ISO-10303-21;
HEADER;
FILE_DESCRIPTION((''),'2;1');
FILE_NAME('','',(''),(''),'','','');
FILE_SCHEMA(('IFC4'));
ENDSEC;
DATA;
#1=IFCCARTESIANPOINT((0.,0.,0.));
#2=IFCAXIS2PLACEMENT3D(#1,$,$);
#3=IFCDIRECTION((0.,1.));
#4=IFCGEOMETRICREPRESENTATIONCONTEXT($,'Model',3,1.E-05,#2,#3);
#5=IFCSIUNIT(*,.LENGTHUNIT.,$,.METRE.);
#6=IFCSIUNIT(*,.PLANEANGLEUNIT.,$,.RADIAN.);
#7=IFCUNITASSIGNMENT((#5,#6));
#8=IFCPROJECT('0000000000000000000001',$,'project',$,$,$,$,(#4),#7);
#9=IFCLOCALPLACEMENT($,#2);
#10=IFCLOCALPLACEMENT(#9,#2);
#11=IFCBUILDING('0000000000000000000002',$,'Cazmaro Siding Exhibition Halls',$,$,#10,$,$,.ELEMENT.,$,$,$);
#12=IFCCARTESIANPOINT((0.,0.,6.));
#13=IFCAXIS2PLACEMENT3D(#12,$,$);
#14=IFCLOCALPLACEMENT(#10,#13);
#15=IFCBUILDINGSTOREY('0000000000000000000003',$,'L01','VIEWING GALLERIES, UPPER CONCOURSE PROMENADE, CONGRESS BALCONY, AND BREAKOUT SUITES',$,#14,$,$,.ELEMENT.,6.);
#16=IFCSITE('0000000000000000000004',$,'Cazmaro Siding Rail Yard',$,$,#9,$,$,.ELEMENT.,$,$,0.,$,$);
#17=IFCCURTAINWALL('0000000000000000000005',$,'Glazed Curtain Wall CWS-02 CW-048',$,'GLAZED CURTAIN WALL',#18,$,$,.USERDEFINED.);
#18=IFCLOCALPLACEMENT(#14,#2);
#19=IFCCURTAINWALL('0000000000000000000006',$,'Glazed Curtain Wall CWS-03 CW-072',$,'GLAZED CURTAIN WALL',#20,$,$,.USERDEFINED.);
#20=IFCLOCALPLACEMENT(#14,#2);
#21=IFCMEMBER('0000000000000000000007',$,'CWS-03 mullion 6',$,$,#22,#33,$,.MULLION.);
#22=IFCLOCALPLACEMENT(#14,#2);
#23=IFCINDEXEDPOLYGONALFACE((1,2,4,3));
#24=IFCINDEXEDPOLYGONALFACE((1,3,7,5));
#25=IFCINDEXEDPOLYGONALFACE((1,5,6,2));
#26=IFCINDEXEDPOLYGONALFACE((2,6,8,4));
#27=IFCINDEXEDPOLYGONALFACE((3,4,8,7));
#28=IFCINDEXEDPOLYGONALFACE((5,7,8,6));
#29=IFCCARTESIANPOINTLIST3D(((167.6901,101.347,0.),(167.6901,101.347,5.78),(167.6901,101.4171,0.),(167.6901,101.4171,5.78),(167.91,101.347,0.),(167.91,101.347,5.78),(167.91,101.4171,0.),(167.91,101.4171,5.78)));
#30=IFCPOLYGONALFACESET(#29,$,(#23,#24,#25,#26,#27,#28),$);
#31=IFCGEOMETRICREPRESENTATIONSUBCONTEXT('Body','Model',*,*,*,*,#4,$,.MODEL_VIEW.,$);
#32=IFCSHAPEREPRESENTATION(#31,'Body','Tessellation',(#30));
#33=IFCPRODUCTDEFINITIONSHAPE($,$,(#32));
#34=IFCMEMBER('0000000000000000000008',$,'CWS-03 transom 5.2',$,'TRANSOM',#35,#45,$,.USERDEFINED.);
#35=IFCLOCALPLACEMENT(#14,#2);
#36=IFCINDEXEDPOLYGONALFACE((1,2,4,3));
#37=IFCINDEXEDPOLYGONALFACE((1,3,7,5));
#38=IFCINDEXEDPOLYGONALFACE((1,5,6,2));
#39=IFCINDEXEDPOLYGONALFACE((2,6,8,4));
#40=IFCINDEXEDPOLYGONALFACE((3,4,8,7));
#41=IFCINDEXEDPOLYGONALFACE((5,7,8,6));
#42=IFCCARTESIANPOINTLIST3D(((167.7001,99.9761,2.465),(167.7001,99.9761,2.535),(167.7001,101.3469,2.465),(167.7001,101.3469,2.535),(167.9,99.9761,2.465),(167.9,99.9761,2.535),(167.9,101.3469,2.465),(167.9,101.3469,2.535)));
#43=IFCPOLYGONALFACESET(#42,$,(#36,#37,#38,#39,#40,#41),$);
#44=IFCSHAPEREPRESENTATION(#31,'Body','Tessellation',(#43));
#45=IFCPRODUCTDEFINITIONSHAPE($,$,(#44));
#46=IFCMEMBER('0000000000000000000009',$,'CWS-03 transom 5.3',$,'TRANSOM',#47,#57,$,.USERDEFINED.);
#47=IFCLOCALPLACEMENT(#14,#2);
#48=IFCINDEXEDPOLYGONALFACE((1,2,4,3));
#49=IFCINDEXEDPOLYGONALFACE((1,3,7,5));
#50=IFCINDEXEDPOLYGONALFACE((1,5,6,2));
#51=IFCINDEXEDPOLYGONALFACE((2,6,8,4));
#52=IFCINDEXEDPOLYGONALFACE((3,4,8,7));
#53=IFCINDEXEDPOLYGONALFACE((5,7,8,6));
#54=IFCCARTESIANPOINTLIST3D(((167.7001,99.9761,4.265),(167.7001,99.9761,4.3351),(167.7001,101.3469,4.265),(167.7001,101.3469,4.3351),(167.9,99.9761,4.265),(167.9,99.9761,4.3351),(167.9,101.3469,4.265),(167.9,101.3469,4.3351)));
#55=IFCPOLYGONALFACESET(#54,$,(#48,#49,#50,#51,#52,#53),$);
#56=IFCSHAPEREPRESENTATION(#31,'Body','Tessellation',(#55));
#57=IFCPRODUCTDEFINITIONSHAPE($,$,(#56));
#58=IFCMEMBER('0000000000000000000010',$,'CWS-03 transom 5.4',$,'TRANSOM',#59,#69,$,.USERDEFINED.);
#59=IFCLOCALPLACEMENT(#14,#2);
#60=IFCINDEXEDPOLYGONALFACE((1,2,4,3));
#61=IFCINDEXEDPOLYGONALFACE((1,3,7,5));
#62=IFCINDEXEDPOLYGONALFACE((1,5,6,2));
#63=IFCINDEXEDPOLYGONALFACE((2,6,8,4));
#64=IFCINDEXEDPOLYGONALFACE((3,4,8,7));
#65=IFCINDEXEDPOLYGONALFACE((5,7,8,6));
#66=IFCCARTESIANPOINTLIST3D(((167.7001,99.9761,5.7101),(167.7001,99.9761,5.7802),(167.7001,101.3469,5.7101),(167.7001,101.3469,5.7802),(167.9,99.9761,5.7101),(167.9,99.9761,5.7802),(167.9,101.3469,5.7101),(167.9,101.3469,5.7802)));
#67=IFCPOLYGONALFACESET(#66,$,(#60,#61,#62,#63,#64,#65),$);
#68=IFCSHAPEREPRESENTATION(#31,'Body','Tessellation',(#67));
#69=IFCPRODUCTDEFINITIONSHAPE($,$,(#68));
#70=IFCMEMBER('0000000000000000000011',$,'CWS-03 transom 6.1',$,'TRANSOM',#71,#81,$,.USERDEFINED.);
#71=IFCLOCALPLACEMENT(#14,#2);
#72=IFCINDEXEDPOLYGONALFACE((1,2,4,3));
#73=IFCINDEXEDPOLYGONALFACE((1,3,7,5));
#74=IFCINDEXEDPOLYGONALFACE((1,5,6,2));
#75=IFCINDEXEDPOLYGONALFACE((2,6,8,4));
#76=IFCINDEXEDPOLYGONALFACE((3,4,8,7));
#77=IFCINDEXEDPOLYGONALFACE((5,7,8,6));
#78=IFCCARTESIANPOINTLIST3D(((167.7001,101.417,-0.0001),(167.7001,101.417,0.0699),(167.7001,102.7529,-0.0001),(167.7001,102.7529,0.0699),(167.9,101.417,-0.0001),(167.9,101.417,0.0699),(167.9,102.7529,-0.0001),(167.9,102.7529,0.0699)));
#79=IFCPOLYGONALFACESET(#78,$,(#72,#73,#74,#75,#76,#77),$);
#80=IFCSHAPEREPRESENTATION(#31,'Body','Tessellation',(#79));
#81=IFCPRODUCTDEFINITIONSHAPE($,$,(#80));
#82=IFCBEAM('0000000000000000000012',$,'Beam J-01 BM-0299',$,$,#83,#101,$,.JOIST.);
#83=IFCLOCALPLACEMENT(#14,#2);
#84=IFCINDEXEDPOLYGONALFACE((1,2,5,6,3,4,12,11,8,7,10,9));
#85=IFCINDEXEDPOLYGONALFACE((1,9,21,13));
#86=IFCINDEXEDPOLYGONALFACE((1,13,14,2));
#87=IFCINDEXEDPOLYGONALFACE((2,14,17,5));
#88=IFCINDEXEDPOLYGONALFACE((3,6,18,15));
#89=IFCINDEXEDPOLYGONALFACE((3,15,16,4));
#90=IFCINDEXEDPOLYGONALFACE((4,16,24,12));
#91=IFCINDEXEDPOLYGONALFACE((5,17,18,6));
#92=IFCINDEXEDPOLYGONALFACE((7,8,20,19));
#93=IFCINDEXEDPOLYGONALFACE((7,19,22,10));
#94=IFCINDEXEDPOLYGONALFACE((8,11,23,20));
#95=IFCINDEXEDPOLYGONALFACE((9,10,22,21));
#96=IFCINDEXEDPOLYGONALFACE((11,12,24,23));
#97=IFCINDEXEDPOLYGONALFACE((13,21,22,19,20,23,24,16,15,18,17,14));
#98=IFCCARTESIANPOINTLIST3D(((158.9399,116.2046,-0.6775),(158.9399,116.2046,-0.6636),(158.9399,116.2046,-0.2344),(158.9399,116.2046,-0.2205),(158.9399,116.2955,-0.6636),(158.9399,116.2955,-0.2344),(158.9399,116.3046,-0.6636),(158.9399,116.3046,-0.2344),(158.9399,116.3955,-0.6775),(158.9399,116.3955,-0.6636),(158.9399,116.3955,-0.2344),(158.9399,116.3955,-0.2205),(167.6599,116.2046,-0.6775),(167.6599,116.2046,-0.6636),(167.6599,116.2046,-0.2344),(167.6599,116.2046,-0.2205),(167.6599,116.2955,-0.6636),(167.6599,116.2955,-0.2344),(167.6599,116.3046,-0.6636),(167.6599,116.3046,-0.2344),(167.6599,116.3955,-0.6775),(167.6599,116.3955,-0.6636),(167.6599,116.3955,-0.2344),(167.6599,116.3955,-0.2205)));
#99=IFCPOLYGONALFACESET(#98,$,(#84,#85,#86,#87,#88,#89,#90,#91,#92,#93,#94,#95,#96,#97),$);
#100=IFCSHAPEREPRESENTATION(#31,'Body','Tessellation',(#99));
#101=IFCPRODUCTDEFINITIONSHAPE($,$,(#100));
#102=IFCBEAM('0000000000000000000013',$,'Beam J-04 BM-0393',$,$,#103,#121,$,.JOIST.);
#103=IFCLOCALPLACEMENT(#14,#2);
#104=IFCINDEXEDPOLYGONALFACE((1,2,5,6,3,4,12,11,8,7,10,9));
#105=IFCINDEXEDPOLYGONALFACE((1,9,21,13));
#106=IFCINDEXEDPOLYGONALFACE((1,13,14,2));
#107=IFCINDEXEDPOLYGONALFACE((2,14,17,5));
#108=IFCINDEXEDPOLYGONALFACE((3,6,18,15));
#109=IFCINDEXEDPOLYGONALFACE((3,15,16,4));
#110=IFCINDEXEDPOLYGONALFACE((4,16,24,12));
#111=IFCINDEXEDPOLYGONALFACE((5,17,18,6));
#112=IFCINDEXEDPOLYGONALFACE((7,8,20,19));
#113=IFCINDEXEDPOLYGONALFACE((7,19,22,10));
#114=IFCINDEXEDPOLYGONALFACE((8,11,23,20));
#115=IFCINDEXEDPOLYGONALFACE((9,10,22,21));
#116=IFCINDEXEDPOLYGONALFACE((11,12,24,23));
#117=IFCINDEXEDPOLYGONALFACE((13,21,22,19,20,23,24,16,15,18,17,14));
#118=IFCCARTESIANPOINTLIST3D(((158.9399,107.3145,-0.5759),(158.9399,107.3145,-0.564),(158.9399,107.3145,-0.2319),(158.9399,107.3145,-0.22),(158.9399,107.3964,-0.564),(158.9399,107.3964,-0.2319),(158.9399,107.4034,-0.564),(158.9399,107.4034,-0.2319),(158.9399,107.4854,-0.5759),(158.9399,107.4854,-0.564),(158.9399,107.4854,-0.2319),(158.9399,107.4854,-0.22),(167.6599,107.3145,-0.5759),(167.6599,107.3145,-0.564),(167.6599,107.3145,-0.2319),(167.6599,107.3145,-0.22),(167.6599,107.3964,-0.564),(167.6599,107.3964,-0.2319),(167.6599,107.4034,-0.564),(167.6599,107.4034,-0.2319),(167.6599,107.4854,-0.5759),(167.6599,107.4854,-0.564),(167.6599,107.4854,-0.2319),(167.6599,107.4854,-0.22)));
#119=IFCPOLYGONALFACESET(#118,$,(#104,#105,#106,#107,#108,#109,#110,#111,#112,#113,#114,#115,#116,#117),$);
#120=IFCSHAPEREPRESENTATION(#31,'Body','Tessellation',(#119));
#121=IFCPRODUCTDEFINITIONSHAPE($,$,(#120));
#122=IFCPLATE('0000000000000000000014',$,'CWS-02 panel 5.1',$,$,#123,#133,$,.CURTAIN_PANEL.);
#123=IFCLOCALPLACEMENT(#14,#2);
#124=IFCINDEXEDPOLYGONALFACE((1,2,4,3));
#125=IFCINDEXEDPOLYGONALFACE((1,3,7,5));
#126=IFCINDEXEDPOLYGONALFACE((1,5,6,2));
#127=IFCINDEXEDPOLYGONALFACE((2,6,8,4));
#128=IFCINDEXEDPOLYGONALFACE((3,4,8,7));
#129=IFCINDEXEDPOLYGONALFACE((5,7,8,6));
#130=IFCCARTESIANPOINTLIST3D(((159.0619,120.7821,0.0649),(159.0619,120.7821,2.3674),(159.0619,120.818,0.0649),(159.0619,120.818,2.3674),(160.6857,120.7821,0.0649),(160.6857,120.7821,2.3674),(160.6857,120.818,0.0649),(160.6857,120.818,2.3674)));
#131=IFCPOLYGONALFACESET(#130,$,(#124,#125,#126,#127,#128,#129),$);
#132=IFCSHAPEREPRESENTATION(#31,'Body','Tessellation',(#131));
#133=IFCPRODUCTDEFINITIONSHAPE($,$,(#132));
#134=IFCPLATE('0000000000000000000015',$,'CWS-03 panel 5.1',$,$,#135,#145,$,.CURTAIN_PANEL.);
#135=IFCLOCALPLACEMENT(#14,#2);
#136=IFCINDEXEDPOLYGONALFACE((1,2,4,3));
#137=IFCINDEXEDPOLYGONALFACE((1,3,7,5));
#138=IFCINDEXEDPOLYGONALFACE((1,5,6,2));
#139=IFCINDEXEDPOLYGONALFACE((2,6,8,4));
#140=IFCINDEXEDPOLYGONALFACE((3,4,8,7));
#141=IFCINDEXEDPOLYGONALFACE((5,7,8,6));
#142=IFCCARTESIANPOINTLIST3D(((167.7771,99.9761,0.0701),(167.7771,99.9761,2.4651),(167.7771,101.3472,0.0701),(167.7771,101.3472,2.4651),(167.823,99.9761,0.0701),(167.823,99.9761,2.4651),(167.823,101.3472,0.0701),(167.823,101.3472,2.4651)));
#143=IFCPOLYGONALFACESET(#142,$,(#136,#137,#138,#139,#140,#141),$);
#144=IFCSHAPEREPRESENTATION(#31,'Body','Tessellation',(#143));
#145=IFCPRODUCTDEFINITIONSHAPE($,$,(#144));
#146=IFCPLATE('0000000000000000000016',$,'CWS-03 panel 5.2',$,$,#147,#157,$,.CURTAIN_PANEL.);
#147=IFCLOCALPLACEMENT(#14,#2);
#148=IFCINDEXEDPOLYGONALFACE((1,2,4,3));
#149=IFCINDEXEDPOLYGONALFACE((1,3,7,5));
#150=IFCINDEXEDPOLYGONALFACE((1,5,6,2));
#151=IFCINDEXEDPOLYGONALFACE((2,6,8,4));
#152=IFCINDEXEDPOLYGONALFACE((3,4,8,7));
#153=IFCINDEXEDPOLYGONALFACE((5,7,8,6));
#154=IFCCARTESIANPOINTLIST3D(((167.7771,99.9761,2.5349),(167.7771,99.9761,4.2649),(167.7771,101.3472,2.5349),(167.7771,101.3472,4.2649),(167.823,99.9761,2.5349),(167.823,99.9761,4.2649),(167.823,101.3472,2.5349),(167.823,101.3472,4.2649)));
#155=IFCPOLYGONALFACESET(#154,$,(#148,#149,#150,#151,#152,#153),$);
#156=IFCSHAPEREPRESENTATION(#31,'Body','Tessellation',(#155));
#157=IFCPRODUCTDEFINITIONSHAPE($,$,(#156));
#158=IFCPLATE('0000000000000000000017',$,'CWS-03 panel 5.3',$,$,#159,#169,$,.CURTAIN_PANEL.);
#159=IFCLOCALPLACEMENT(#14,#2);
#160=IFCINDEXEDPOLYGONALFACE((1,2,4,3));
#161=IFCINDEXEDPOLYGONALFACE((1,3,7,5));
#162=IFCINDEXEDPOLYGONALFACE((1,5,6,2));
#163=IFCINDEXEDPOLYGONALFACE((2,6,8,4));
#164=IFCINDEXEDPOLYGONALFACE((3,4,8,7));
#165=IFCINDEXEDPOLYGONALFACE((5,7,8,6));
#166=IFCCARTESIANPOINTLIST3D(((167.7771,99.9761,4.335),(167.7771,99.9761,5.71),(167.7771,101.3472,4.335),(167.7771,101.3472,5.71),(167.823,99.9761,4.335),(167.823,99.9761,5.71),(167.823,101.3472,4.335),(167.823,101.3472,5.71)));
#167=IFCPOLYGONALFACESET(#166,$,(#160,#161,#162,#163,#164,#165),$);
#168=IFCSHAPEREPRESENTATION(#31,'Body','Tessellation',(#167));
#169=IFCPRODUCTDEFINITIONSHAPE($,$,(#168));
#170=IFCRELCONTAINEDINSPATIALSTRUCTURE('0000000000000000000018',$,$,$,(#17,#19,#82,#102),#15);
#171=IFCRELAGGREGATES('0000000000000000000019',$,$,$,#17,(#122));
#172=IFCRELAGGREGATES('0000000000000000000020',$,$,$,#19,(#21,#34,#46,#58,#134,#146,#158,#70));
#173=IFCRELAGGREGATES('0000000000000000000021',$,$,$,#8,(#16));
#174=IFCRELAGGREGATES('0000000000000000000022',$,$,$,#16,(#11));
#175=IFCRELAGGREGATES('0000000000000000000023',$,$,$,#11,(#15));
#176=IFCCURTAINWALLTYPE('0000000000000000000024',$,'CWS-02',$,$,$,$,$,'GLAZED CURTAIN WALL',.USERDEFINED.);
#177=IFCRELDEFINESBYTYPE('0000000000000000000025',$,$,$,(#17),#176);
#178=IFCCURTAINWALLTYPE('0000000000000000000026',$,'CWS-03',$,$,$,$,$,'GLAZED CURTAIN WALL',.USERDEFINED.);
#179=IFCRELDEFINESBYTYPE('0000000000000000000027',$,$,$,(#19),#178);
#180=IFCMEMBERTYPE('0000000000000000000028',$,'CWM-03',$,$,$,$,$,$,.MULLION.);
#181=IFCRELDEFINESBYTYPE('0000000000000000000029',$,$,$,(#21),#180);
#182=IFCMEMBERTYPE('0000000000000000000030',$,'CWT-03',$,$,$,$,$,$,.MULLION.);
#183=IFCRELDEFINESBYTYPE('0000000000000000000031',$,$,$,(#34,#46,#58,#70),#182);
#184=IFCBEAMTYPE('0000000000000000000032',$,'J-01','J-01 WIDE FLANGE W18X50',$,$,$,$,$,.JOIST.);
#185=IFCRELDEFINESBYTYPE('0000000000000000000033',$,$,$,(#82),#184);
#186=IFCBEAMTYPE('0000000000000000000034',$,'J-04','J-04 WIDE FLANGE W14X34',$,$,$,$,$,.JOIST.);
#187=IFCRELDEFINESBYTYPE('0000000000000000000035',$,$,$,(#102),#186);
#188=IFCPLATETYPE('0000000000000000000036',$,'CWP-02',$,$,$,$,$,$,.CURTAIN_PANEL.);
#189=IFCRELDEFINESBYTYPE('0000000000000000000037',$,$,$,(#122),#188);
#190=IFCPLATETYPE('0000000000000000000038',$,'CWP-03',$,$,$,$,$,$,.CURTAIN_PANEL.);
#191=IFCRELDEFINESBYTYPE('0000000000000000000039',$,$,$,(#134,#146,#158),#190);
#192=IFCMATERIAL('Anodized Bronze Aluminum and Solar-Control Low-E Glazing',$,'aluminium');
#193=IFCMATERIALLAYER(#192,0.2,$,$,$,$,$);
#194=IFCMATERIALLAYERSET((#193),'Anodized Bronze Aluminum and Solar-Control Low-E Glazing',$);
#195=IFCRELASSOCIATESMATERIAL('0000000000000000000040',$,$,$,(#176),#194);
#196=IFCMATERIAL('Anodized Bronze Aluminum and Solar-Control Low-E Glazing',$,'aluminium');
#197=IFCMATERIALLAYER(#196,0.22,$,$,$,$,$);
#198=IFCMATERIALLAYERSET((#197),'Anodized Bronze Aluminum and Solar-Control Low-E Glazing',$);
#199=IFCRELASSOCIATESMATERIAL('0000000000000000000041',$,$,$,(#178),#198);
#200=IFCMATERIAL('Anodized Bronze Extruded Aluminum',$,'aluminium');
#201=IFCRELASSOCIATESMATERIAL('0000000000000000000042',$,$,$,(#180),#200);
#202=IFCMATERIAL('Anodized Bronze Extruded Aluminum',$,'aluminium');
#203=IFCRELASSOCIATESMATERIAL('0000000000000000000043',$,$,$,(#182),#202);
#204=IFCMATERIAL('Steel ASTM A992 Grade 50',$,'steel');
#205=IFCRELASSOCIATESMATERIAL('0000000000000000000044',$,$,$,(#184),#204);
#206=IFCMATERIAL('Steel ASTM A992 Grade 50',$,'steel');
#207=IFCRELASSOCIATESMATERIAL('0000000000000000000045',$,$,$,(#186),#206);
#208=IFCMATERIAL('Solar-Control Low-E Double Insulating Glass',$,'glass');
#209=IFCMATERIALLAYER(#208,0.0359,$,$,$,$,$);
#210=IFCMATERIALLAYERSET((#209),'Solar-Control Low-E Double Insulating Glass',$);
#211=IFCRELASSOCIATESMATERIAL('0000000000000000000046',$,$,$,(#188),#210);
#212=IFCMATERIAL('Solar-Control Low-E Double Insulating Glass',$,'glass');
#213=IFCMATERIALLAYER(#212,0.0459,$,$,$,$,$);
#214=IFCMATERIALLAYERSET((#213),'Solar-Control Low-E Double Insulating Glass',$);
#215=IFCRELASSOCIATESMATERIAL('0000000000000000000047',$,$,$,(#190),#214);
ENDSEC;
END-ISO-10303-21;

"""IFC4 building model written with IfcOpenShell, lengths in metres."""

from ifc_helpers import new_model, si_unit, direction, frame, origin, origin_2d, place, context, subcontext, project, spatial, rectangle, i_section, extrude, material, layer, layer_set, material_profile, profile_set, type_object, element, aggregate, save


model = new_model("IFC4")

# Units and contexts
model_context = context("Model", 3, precision=1e-05, world=origin(), true_north=direction((0.0, 1.0)))
body_context = subcontext(model_context, "Body", "Model", "MODEL_VIEW")
ifc_project = project(units=[si_unit("LENGTHUNIT", "METRE"), si_unit("PLANEANGLEUNIT", "RADIAN")], contexts=[model_context])

# Site, building, storey
site_placement = place(None, origin())
site = spatial("IfcSite", under=ifc_project, at=site_placement, Name="Cazmaro Siding Rail Yard", CompositionType="ELEMENT", RefElevation=0.0)
building_placement = place(site_placement, origin())
building = spatial("IfcBuilding", under=site, at=building_placement, Name="Cazmaro Siding Exhibition Halls", CompositionType="ELEMENT")
storey_placement = place(building_placement, frame((0.0, 0.0, 6.0)))
storey = spatial("IfcBuildingStorey", under=building, at=storey_placement, Name="L01", Description="VIEWING GALLERIES, UPPER CONCOURSE PROMENADE, CONGRESS BALCONY, AND BREAKOUT SUITES", CompositionType="ELEMENT", Elevation=6.0)

# Curtain wall
ifc_material_1 = material(Name="Anodized Bronze Aluminum and Solar-Control Low-E Glazing", Category="aluminium")
ifc_layer_1 = layer(ifc_material_1, 0.2)
ifc_layer_set_1 = layer_set([ifc_layer_1], Name="Anodized Bronze Aluminum and Solar-Control Low-E Glazing")
curtain_wall_type_1 = type_object("IfcCurtainWallType", Name="CWS-02", ElementType="GLAZED CURTAIN WALL", PredefinedType="USERDEFINED", material=ifc_layer_set_1)
curtain_wall_1_placement = place(storey_placement, origin())
curtain_wall_1 = element("IfcCurtainWall", 1, at=curtain_wall_1_placement, inside=storey, type_object=curtain_wall_type_1, Name="Glazed Curtain Wall CWS-02 CW-048", ObjectType="GLAZED CURTAIN WALL", PredefinedType="USERDEFINED")

# Curtain wall, members
ifc_material_2 = material(Name="Anodized Bronze Aluminum and Solar-Control Low-E Glazing", Category="aluminium")
ifc_layer_2 = layer(ifc_material_2, 0.22)
ifc_layer_set_2 = layer_set([ifc_layer_2], Name="Anodized Bronze Aluminum and Solar-Control Low-E Glazing")
curtain_wall_type_2 = type_object("IfcCurtainWallType", Name="CWS-03", ElementType="GLAZED CURTAIN WALL", PredefinedType="USERDEFINED", material=ifc_layer_set_2)
curtain_wall_2_placement = place(storey_placement, origin())
curtain_wall_2 = element("IfcCurtainWall", 2, at=curtain_wall_2_placement, inside=storey, type_object=curtain_wall_type_2, Name="Glazed Curtain Wall CWS-03 CW-072", ObjectType="GLAZED CURTAIN WALL", PredefinedType="USERDEFINED")
ifc_material_3 = material(Name="Anodized Bronze Extruded Aluminum", Category="aluminium")
ifc_material_profile_1 = material_profile(ifc_material_3, rectangle(XDim=0.22, YDim=0.0701, at=origin_2d()), Name="CWM-03")
ifc_profile_set_1 = profile_set([ifc_material_profile_1], Name="Anodized Bronze Extruded Aluminum")
member_type_1 = type_object("IfcMemberType", Name="CWM-03", PredefinedType="MULLION", material=ifc_profile_set_1)
member_1_placement = place(storey_placement, frame((167.8, 101.3821, 0.0), z_axis=(0.0, 0.0, 1.0), x_axis=(-1.0, 0.0, 0.0)))
member_1 = element("IfcMember", 3, at=member_1_placement, type_object=member_type_1, Name="CWS-03 mullion 6", PredefinedType="MULLION", context=body_context, shape_type="SweptSolid", body=[
    extrude(rectangle(XDim=0.22, YDim=0.0701, at=origin_2d()), origin(), (0.0, 0.0, 1.0), 5.78),
])
ifc_material_4 = material(Name="Anodized Bronze Extruded Aluminum", Category="aluminium")
ifc_material_profile_2 = material_profile(ifc_material_4, rectangle(XDim=0.2, YDim=0.0701, at=origin_2d()), Name="CWT-03")
ifc_profile_set_2 = profile_set([ifc_material_profile_2], Name="Anodized Bronze Extruded Aluminum")
member_type_2 = type_object("IfcMemberType", Name="CWT-03", PredefinedType="MULLION", material=ifc_profile_set_2)
member_2_placement = place(storey_placement, frame((167.8, 99.9761, 2.5), z_axis=(0.0, 1.0, 0.0), x_axis=(-1.0, 0.0, 0.0)))
member_2 = element("IfcMember", 4, at=member_2_placement, type_object=member_type_2, Name="CWS-03 transom 5.2", ObjectType="TRANSOM", PredefinedType="USERDEFINED", context=body_context, shape_type="SweptSolid", body=[
    extrude(rectangle(XDim=0.2, YDim=0.0701, at=origin_2d()), origin(), (0.0, 0.0, 1.0), 1.3708),
])
member_3_placement = place(storey_placement, frame((167.8, 99.9761, 4.3), z_axis=(0.0, 1.0, 0.0), x_axis=(-1.0, 0.0, 0.0)))
member_3 = element("IfcMember", 5, at=member_3_placement, type_object=member_type_2, Name="CWS-03 transom 5.3", ObjectType="TRANSOM", PredefinedType="USERDEFINED", context=body_context, shape_type="SweptSolid", body=[
    extrude(rectangle(XDim=0.2, YDim=0.0701, at=origin_2d()), origin(), (0.0, 0.0, 1.0), 1.3708),
])
member_4_placement = place(storey_placement, frame((167.8, 99.9761, 5.7451), z_axis=(0.0, 1.0, 0.0), x_axis=(-1.0, 0.0, 0.0)))
member_4 = element("IfcMember", 6, at=member_4_placement, type_object=member_type_2, Name="CWS-03 transom 5.4", ObjectType="TRANSOM", PredefinedType="USERDEFINED", context=body_context, shape_type="SweptSolid", body=[
    extrude(rectangle(XDim=0.2, YDim=0.0701, at=origin_2d()), origin(), (0.0, 0.0, 1.0), 1.3708),
])
member_5_placement = place(storey_placement, frame((167.8, 101.417, 0.0349), z_axis=(0.0, 1.0, 0.0), x_axis=(-1.0, 0.0, 0.0)))
member_5 = element("IfcMember", 7, at=member_5_placement, type_object=member_type_2, Name="CWS-03 transom 6.1", ObjectType="TRANSOM", PredefinedType="USERDEFINED", context=body_context, shape_type="SweptSolid", body=[
    extrude(rectangle(XDim=0.2, YDim=0.0701, at=origin_2d()), origin(), (0.0, 0.0, 1.0), 1.3359),
])

# Beams
ifc_material_5 = material(Name="Steel ASTM A992 Grade 50", Category="steel")
ifc_material_profile_3 = material_profile(ifc_material_5, i_section(OverallWidth=0.1909, OverallDepth=0.457, WebThickness=0.009, FlangeThickness=0.0139, at=origin_2d()), Name="W18X50")
ifc_profile_set_3 = profile_set([ifc_material_profile_3], Name="Steel ASTM A992 Grade 50")
beam_type_1 = type_object("IfcBeamType", Name="J-01", Description="J-01 WIDE FLANGE W18X50", PredefinedType="JOIST", material=ifc_profile_set_3)
beam_1_placement = place(storey_placement, frame((158.9399, 116.3, -0.449), z_axis=(1.0, 0.0, 0.0), x_axis=(0.0, 1.0, 0.0)))
element("IfcBeam", 8, at=beam_1_placement, inside=storey, type_object=beam_type_1, Name="Beam J-01 BM-0299", PredefinedType="JOIST", context=body_context, shape_type="SweptSolid", body=[
    extrude(i_section(OverallWidth=0.1909, OverallDepth=0.457, WebThickness=0.009, FlangeThickness=0.0139, at=origin_2d()), origin(), (0.0, 0.0, 1.0), 8.72),
])
ifc_material_6 = material(Name="Steel ASTM A992 Grade 50", Category="steel")
ifc_material_profile_4 = material_profile(ifc_material_6, i_section(OverallWidth=0.1709, OverallDepth=0.356, WebThickness=0.0071, FlangeThickness=0.012, at=origin_2d()), Name="W14X34")
ifc_profile_set_4 = profile_set([ifc_material_profile_4], Name="Steel ASTM A992 Grade 50")
beam_type_2 = type_object("IfcBeamType", Name="J-04", Description="J-04 WIDE FLANGE W14X34", PredefinedType="JOIST", material=ifc_profile_set_4)
beam_2_placement = place(storey_placement, frame((158.9399, 107.3999, -0.3979), z_axis=(1.0, 0.0, 0.0), x_axis=(0.0, 1.0, 0.0)))
element("IfcBeam", 9, at=beam_2_placement, inside=storey, type_object=beam_type_2, Name="Beam J-04 BM-0393", PredefinedType="JOIST", context=body_context, shape_type="SweptSolid", body=[
    extrude(i_section(OverallWidth=0.1709, OverallDepth=0.356, WebThickness=0.0071, FlangeThickness=0.012, at=origin_2d()), origin(), (0.0, 0.0, 1.0), 8.72),
])

# Plates
ifc_material_7 = material(Name="Solar-Control Low-E Double Insulating Glass", Category="glass")
ifc_layer_3 = layer(ifc_material_7, 0.0359)
ifc_layer_set_3 = layer_set([ifc_layer_3], Name="Solar-Control Low-E Double Insulating Glass")
plate_type_1 = type_object("IfcPlateType", Name="CWP-02", PredefinedType="CURTAIN_PANEL", material=ifc_layer_set_3)
plate_1_placement = place(storey_placement, frame((159.8738, 120.8, 0.0649), z_axis=(0.0, 0.0, 1.0), x_axis=(-1.0, 0.0, 0.0)))
plate_1 = element("IfcPlate", 10, at=plate_1_placement, type_object=plate_type_1, Name="CWS-02 panel 5.1", PredefinedType="CURTAIN_PANEL", context=body_context, shape_type="SweptSolid", body=[
    extrude(rectangle(XDim=1.6238, YDim=0.0359, at=origin_2d()), origin(), (0.0, 0.0, 1.0), 2.3025),
])
aggregate(curtain_wall_1, [plate_1])
ifc_material_8 = material(Name="Solar-Control Low-E Double Insulating Glass", Category="glass")
ifc_layer_4 = layer(ifc_material_8, 0.0459)
ifc_layer_set_4 = layer_set([ifc_layer_4], Name="Solar-Control Low-E Double Insulating Glass")
plate_type_2 = type_object("IfcPlateType", Name="CWP-03", PredefinedType="CURTAIN_PANEL", material=ifc_layer_set_4)
plate_2_placement = place(storey_placement, frame((167.8, 100.6616, 0.0701), z_axis=(0.0, 0.0, 1.0), x_axis=(0.0, 1.0, 0.0)))
plate_2 = element("IfcPlate", 11, at=plate_2_placement, type_object=plate_type_2, Name="CWS-03 panel 5.1", PredefinedType="CURTAIN_PANEL", context=body_context, shape_type="SweptSolid", body=[
    extrude(rectangle(XDim=1.3711, YDim=0.0459, at=origin_2d()), origin(), (0.0, 0.0, 1.0), 2.395),
])
plate_3_placement = place(storey_placement, frame((167.8, 100.6616, 2.5349), z_axis=(0.0, 0.0, 1.0), x_axis=(0.0, 1.0, 0.0)))
plate_3 = element("IfcPlate", 12, at=plate_3_placement, type_object=plate_type_2, Name="CWS-03 panel 5.2", PredefinedType="CURTAIN_PANEL", context=body_context, shape_type="SweptSolid", body=[
    extrude(rectangle(XDim=1.3711, YDim=0.0459, at=origin_2d()), origin(), (0.0, 0.0, 1.0), 1.73),
])
plate_4_placement = place(storey_placement, frame((167.8, 100.6616, 4.335), z_axis=(0.0, 0.0, 1.0), x_axis=(0.0, 1.0, 0.0)))
plate_4 = element("IfcPlate", 13, at=plate_4_placement, type_object=plate_type_2, Name="CWS-03 panel 5.3", PredefinedType="CURTAIN_PANEL", context=body_context, shape_type="SweptSolid", body=[
    extrude(rectangle(XDim=1.3711, YDim=0.0459, at=origin_2d()), origin(), (0.0, 0.0, 1.0), 1.375),
])
aggregate(curtain_wall_2, [member_1, member_2, member_3, member_4, plate_2, plate_3, plate_4, member_5])

save(model, "model.ifc")
